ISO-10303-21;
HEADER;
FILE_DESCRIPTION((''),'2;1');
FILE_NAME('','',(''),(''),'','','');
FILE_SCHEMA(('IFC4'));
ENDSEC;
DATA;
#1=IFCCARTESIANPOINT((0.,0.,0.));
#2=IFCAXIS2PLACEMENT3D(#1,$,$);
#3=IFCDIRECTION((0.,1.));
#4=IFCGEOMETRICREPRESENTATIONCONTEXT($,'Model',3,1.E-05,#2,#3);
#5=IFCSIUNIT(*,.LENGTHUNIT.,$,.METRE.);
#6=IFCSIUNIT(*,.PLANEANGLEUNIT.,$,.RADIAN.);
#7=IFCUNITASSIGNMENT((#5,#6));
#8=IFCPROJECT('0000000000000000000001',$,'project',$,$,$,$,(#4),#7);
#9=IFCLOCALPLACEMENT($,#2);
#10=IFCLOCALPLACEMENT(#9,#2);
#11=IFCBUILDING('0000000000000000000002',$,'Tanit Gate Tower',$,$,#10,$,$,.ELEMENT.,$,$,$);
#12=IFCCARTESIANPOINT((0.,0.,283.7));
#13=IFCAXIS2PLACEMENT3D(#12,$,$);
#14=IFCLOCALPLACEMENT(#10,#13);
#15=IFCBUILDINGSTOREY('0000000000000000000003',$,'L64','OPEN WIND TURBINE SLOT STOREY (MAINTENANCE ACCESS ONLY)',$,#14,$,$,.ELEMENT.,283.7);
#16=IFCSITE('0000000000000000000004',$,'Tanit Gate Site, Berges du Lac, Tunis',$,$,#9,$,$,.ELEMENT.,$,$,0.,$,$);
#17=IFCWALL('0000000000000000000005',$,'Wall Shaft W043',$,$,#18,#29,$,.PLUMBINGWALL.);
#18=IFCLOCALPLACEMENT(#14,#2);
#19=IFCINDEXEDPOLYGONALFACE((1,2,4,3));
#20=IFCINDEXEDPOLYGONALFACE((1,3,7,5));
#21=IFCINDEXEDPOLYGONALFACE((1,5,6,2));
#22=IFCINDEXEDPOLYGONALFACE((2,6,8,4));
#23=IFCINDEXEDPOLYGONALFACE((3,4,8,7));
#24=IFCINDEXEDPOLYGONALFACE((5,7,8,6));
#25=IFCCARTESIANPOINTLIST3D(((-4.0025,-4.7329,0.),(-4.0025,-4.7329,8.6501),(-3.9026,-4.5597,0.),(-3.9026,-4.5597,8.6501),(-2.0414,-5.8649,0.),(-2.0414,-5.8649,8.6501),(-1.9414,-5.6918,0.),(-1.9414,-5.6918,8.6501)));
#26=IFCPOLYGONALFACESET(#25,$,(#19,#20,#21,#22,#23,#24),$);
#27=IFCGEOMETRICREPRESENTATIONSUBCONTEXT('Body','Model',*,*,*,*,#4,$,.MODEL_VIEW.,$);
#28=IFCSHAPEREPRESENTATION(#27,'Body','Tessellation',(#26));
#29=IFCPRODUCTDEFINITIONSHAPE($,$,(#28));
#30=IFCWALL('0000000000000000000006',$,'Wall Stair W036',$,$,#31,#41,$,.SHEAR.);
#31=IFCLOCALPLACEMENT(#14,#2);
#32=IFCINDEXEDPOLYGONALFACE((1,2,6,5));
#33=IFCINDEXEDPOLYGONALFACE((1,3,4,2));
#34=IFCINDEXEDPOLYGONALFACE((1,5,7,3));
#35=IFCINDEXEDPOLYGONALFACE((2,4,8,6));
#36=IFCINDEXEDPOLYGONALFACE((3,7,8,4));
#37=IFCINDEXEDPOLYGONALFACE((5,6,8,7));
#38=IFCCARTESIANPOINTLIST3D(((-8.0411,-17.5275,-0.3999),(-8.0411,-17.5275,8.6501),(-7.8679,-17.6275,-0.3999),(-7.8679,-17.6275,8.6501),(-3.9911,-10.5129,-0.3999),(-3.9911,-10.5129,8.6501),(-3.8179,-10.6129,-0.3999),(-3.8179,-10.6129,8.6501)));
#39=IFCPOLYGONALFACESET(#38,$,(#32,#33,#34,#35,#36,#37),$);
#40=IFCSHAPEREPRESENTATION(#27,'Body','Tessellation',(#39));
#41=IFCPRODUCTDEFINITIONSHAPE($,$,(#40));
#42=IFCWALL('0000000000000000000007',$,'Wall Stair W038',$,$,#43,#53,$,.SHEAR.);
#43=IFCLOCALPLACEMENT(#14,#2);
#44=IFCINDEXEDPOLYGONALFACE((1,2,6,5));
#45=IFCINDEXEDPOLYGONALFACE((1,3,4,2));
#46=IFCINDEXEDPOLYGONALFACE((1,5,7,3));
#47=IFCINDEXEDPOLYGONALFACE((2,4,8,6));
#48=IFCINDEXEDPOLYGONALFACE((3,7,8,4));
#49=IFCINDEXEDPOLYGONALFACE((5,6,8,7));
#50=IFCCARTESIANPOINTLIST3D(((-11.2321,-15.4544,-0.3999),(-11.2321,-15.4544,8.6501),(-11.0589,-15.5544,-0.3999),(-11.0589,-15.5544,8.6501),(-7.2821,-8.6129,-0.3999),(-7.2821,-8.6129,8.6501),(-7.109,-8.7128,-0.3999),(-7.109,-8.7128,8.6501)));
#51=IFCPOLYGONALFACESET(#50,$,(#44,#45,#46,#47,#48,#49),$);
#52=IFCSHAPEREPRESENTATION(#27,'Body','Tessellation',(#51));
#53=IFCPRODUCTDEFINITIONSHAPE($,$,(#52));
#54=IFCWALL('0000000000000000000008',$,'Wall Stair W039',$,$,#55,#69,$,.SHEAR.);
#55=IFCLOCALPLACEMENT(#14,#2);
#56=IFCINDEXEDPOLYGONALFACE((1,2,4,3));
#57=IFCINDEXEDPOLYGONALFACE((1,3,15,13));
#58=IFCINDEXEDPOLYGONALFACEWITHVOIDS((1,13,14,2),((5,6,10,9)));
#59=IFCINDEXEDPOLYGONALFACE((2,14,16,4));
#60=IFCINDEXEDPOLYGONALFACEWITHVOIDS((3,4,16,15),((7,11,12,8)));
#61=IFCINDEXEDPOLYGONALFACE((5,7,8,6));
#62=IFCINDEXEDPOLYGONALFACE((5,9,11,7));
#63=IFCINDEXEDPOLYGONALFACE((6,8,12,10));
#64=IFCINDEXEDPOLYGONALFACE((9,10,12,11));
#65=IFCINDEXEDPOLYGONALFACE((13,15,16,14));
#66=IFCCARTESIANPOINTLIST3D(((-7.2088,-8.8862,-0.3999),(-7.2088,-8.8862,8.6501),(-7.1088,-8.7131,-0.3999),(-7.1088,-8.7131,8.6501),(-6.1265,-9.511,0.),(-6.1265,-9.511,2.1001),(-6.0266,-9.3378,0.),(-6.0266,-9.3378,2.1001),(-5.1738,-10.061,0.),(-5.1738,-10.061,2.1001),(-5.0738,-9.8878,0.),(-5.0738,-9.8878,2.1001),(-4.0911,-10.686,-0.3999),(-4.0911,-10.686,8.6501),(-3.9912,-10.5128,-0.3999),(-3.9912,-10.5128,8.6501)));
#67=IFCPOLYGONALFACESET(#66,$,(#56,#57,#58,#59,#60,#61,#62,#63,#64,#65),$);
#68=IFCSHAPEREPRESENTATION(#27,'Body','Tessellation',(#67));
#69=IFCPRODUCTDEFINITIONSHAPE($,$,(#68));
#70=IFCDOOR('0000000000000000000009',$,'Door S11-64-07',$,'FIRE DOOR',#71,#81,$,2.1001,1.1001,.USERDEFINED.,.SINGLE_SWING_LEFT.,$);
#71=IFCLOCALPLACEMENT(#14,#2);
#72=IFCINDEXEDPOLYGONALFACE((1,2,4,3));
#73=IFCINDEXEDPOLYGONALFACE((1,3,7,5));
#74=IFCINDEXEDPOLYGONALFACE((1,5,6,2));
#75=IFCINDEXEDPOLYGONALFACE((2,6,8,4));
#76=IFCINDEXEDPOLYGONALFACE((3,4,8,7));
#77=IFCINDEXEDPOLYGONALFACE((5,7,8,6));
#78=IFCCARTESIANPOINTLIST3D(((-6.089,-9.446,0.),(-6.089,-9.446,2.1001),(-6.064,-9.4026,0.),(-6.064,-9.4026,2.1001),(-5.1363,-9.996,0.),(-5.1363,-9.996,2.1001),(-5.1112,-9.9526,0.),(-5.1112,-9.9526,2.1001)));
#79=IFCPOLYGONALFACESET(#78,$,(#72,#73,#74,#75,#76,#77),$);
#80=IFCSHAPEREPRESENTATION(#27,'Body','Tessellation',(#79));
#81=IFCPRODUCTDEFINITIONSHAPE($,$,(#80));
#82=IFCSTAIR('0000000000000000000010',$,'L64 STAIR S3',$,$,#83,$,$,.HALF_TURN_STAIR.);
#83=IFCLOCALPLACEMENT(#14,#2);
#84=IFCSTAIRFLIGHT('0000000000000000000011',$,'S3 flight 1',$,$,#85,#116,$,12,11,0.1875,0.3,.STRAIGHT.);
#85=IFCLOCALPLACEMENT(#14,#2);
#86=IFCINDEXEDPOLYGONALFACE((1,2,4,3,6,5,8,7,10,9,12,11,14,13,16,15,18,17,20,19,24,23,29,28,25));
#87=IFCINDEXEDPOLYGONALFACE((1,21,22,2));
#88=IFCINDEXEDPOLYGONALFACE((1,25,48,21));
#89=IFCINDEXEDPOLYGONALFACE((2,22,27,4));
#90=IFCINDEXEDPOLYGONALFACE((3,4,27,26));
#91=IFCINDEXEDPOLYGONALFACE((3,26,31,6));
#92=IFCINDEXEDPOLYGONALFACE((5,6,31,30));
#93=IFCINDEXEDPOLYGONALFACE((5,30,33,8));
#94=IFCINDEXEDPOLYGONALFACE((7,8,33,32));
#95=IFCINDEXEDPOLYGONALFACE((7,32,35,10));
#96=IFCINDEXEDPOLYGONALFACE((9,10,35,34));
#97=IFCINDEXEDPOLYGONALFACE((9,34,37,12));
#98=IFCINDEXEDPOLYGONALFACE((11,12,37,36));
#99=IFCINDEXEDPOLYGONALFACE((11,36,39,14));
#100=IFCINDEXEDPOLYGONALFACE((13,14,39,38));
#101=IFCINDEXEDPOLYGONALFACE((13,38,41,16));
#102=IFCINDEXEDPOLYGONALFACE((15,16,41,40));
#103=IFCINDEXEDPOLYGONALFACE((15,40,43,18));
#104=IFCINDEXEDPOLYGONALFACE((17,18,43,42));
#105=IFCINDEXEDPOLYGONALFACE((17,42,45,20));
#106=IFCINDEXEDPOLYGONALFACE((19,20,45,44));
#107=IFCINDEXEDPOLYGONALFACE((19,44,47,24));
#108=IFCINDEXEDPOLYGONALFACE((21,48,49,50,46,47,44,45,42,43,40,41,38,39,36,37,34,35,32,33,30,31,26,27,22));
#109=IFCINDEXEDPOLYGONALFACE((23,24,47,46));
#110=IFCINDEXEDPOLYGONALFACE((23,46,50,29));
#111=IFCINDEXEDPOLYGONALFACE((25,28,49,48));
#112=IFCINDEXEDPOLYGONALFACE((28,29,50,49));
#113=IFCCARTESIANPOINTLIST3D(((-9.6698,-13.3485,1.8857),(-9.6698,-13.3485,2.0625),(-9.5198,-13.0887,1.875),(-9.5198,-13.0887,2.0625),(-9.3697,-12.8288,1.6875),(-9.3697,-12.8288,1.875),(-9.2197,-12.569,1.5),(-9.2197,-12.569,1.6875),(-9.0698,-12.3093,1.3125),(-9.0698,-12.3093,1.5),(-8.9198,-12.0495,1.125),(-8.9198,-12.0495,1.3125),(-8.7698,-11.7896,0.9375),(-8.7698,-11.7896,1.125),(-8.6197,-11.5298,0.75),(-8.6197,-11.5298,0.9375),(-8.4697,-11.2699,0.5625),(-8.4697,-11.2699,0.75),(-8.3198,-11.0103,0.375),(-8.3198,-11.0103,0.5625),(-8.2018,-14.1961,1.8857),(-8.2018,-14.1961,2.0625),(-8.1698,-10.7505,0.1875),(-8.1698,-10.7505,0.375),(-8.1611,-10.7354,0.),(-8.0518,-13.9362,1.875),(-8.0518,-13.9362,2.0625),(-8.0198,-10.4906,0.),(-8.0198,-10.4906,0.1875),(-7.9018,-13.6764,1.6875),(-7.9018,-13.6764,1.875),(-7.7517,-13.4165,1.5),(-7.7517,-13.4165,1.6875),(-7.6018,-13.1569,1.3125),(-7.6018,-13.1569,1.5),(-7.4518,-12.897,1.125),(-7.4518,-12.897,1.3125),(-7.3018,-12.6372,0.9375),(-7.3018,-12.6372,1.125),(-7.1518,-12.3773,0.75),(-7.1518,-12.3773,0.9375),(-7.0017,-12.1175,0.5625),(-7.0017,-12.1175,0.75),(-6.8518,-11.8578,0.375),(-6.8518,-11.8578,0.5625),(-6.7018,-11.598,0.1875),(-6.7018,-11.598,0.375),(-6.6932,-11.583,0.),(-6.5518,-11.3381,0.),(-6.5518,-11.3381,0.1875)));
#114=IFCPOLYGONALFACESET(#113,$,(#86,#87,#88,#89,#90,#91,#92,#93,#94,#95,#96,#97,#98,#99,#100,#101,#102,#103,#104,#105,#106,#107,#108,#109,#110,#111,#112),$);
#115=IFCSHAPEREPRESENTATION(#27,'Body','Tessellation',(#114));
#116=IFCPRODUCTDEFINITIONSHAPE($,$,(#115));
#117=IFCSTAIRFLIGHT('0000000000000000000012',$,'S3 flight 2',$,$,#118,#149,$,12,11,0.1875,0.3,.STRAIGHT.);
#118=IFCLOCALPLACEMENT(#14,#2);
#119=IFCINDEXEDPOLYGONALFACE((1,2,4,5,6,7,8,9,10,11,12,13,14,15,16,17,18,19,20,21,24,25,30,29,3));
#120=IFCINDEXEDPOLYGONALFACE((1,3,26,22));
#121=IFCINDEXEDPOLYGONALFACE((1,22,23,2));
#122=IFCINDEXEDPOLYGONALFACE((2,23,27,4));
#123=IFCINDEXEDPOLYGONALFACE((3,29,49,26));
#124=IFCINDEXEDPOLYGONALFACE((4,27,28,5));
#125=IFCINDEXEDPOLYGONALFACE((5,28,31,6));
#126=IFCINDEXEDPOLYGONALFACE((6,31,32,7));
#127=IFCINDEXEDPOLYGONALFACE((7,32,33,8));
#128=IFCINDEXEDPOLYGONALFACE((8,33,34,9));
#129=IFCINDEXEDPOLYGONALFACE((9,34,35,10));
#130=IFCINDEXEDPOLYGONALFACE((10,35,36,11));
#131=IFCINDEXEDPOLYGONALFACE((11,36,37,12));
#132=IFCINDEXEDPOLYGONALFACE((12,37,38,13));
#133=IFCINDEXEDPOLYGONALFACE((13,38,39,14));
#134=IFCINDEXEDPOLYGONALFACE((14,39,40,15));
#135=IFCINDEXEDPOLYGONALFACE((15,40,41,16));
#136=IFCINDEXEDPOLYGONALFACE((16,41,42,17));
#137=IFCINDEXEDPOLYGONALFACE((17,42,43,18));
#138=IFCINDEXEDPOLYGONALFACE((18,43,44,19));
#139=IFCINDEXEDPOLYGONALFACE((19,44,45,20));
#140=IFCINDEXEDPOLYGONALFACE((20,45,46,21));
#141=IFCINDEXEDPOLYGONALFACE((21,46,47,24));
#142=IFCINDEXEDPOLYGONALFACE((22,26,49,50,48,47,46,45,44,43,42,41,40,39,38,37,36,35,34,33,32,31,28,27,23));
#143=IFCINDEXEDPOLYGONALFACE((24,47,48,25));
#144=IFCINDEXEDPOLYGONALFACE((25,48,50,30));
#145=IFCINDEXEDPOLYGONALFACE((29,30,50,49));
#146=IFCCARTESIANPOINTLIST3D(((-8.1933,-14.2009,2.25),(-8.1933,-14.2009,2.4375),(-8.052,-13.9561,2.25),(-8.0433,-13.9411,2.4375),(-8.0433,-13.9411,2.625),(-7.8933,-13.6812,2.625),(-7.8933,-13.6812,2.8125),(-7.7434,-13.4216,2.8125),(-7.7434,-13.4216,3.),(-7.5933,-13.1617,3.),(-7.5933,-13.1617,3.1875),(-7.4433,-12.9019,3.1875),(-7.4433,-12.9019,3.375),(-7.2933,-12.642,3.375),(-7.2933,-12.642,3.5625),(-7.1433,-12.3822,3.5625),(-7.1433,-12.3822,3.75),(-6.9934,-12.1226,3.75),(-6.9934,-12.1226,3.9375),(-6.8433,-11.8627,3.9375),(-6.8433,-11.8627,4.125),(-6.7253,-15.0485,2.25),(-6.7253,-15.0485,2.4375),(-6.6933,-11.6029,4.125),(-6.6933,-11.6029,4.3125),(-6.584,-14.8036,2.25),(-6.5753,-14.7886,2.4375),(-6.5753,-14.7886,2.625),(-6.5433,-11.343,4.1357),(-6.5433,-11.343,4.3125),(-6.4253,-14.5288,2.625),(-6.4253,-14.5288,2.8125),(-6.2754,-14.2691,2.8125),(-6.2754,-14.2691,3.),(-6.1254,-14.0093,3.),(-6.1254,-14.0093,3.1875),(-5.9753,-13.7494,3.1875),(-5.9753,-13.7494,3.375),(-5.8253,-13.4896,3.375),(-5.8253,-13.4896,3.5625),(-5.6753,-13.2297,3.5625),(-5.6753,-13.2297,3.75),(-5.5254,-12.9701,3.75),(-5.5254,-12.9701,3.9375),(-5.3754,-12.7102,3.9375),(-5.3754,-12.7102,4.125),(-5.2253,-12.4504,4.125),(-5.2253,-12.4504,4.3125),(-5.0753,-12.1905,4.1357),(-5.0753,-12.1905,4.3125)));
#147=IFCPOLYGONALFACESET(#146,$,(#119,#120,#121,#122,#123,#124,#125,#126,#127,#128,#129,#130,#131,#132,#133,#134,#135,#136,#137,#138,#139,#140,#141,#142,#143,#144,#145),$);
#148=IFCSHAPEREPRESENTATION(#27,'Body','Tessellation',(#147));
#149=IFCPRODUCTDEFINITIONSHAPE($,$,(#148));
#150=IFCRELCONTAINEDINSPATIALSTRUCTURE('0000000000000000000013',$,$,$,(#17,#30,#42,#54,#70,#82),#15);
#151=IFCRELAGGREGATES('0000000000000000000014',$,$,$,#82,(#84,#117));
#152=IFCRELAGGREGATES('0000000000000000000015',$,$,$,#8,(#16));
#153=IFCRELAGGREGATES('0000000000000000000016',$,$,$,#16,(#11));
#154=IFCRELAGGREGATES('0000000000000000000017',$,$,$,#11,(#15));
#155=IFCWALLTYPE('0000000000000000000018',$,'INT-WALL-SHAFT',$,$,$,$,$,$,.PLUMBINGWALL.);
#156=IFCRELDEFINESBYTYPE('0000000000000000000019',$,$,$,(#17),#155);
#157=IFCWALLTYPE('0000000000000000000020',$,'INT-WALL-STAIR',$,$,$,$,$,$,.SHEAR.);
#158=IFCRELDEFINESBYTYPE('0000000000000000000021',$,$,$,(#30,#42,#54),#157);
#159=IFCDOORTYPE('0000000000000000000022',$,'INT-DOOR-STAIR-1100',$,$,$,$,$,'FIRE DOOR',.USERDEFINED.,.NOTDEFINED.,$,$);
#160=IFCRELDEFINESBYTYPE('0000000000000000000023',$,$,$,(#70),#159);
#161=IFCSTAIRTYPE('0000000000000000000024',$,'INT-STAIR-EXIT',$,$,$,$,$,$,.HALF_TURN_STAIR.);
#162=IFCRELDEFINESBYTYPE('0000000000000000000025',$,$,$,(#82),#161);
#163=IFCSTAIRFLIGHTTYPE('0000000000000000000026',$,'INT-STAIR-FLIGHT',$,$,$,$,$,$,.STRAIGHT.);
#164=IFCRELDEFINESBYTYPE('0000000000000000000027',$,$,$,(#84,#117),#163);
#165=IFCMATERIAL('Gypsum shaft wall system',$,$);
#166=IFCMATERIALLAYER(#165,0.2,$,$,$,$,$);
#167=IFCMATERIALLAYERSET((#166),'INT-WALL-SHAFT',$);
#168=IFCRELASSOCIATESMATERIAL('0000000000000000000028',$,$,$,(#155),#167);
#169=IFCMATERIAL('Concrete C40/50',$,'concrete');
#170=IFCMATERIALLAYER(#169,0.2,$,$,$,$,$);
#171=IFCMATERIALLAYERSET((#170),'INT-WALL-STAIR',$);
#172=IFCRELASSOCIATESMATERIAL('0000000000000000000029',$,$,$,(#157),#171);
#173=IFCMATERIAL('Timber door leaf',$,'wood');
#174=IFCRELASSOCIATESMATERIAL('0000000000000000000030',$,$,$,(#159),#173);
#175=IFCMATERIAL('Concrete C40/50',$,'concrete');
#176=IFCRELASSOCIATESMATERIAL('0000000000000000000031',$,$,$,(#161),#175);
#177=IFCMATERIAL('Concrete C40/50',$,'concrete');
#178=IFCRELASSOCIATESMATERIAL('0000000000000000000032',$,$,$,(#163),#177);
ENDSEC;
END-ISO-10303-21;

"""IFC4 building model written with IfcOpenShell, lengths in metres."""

from ifc_helpers import new_model, si_unit, direction, frame, frame_2d, origin, place, context, subcontext, project, spatial, polyline, rectangle, outline, extrude, material, layer, layer_set, type_object, element, fill, aggregate, save


model = new_model("IFC4")

# Units and contexts
model_context = context("Model", 3, precision=1e-05, world=origin(), true_north=direction((0.0, 1.0)))
body_context = subcontext(model_context, "Body", "Model", "MODEL_VIEW")
ifc_project = project(units=[si_unit("LENGTHUNIT", "METRE"), si_unit("PLANEANGLEUNIT", "RADIAN")], contexts=[model_context])

# Site, building, storey
site_placement = place(None, origin())
site = spatial("IfcSite", under=ifc_project, at=site_placement, Name="Tanit Gate Site, Berges du Lac, Tunis", CompositionType="ELEMENT", RefElevation=0.0)
building_placement = place(site_placement, origin())
building = spatial("IfcBuilding", under=site, at=building_placement, Name="Tanit Gate Tower", CompositionType="ELEMENT")
storey_placement = place(building_placement, frame((0.0, 0.0, 283.7)))
storey = spatial("IfcBuildingStorey", under=building, at=storey_placement, Name="L64", Description="OPEN WIND TURBINE SLOT STOREY (MAINTENANCE ACCESS ONLY)", CompositionType="ELEMENT", Elevation=283.7)

# Shared definitions
ifc_material_1 = material(Name="Gypsum shaft wall system")
ifc_layer_1 = layer(ifc_material_1, 0.2)
ifc_layer_set_1 = layer_set([ifc_layer_1], Name="INT-WALL-SHAFT")
wall_type_1 = type_object("IfcWallType", Name="INT-WALL-SHAFT", PredefinedType="PLUMBINGWALL", material=ifc_layer_set_1)

# Walls
wall_1_placement = place(storey_placement, frame((-3.9526, -4.6462, 0.0), z_axis=(0.0, 0.0, 1.0), x_axis=(0.866065, -0.499931, 0.0)))
element("IfcWall", 1, at=wall_1_placement, inside=storey, type_object=wall_type_1, Name="Wall Shaft W043", PredefinedType="PLUMBINGWALL", context=body_context, shape_type="SweptSolid", body=[
    extrude(rectangle(XDim=2.2644, YDim=0.2, at=frame_2d((1.1323, 0.0))), origin(), (0.0, 0.0, 1.0), 8.6501),
])
ifc_material_2 = material(Name="Concrete C40/50", Category="concrete")
ifc_layer_2 = layer(ifc_material_2, 0.2)
ifc_layer_set_2 = layer_set([ifc_layer_2], Name="INT-WALL-STAIR")
wall_type_2 = type_object("IfcWallType", Name="INT-WALL-STAIR", PredefinedType="SHEAR", material=ifc_layer_set_2)
wall_2_placement = place(storey_placement, frame((-3.9045, -10.563, -0.3999), z_axis=(0.0, 0.0, 1.0), x_axis=(-0.500013, -0.866018, 0.0)))
element("IfcWall", 2, at=wall_2_placement, inside=storey, type_object=wall_type_2, Name="Wall Stair W036", PredefinedType="SHEAR", context=body_context, shape_type="SweptSolid", body=[
    extrude(rectangle(XDim=8.0999, YDim=0.2, at=frame_2d((4.0498, 0.0))), origin(), (0.0, 0.0, 1.0), 9.05),
])
wall_3_placement = place(storey_placement, frame((-7.1956, -8.6628, -0.3999), z_axis=(0.0, 0.0, 1.0), x_axis=(-0.499998, -0.866027, 0.0)))
element("IfcWall", 3, at=wall_3_placement, inside=storey, type_object=wall_type_2, Name="Wall Stair W038", PredefinedType="SHEAR", context=body_context, shape_type="SweptSolid", body=[
    extrude(rectangle(XDim=7.8999, YDim=0.2, at=frame_2d((3.95, 0.0))), origin(), (0.0, 0.0, 1.0), 9.05),
])

# Wall, opening, door
wall_4_placement = place(storey_placement, frame((-4.0413, -10.5994, -0.3999), z_axis=(0.0, 0.0, 1.0), x_axis=(-0.866048, 0.499961, 0.0)))
wall_4 = element("IfcWall", 4, at=wall_4_placement, inside=storey, type_object=wall_type_2, Name="Wall Stair W039", PredefinedType="SHEAR", context=body_context, shape_type="SweptSolid", body=[
    extrude(rectangle(XDim=3.5999, YDim=0.2, at=frame_2d((1.7998, 0.0))), origin(), (0.0, 0.0, 1.0), 9.05),
])
opening_1_placement = place(wall_4_placement, frame((1.25, 0.0, 0.3999)))
opening_1 = element("IfcOpeningElement", 5, at=opening_1_placement, cuts=wall_4, PredefinedType="OPENING", context=body_context, shape_type="SweptSolid", body=[
    extrude(rectangle(XDim=1.1001, YDim=2.1001, at=frame_2d((0.55, 1.05))), frame((0.0, 0.1099, 0.0), z_axis=(0.0, -1.0, 0.0), x_axis=(1.0, 0.0, 0.0)), (0.0, 0.0, 1.0), 0.22),
])
ifc_material_3 = material(Name="Timber door leaf", Category="wood")
door_type_1 = type_object("IfcDoorType", Name="INT-DOOR-STAIR-1100", ElementType="FIRE DOOR", OperationType="NOTDEFINED", PredefinedType="USERDEFINED", material=ifc_material_3)
door_1_placement = place(opening_1_placement, origin())
door_1 = element("IfcDoor", 6, at=door_1_placement, inside=storey, type_object=door_type_1, Name="Door S11-64-07", ObjectType="FIRE DOOR", OperationType="SINGLE_SWING_LEFT", OverallHeight=2.1001, OverallWidth=1.1001, PredefinedType="USERDEFINED", context=body_context, shape_type="SweptSolid", body=[
    extrude(rectangle(XDim=1.1001, YDim=2.1001, at=frame_2d((0.55, 1.05))), frame((0.0, 0.0249, 0.0), z_axis=(0.0, -1.0, 0.0), x_axis=(1.0, 0.0, 0.0)), (0.0, 0.0, 1.0), 0.05),
])
fill(opening_1, door_1)

# Stair, stair flights
ifc_material_4 = material(Name="Concrete C40/50", Category="concrete")
stair_type = type_object("IfcStairType", Name="INT-STAIR-EXIT", PredefinedType="HALF_TURN_STAIR", material=ifc_material_4)
stair_placement = place(storey_placement, origin())
stair = element("IfcStair", 7, at=stair_placement, inside=storey, type_object=stair_type, Name="L64 STAIR S3", PredefinedType="HALF_TURN_STAIR")
ifc_material_5 = material(Name="Concrete C40/50", Category="concrete")
stair_flight_type = type_object("IfcStairFlightType", Name="INT-STAIR-FLIGHT", PredefinedType="STRAIGHT", material=ifc_material_5)
stair_flight_1_placement = place(storey_placement, frame((-7.2859, -10.9143, 0.0), z_axis=(0.0, 0.0, 1.0), x_axis=(-0.5, -0.866025, 0.0)))
stair_flight_1 = element("IfcStairFlight", 8, at=stair_flight_1_placement, type_object=stair_flight_type, Name="S3 flight 1", NumberOfRisers=12, NumberOfTreads=11, PredefinedType="STRAIGHT", RiserHeight=0.1875, TreadLength=0.3, context=body_context, shape_type="SweptSolid", body=[
    extrude(outline(polyline([(0.0, 0.0), (0.0, 0.1875), (0.3, 0.1875), (0.3, 0.375), (0.6001, 0.375), (0.6001, 0.5625), (0.8999, 0.5625), (0.8999, 0.75), (1.2, 0.75), (1.2, 0.9375), (1.5, 0.9375), (1.5, 1.125), (1.8, 1.125), (1.8, 1.3125), (2.1001, 1.3125), (2.1001, 1.5), (2.3999, 1.5), (2.3999, 1.6875), (2.7, 1.6875), (2.7, 1.875), (3.0, 1.875), (3.0, 2.0625), (3.3, 2.0625), (3.3, 2.25), (3.3, 1.8857), (0.2827, 0.0), (0.0, 0.0)])), frame((0.0, 0.8477, 0.0), z_axis=(0.0, -1.0, 0.0), x_axis=(1.0, 0.0, 0.0)), (0.0, 0.0, 1.0), 1.6951),
])
stair_flight_2_placement = place(storey_placement, frame((-7.4592, -14.6248, 2.25), z_axis=(0.0, 0.0, 1.0), x_axis=(0.5, 0.866025, 0.0)))
stair_flight_2 = element("IfcStairFlight", 9, at=stair_flight_2_placement, type_object=stair_flight_type, Name="S3 flight 2", NumberOfRisers=12, NumberOfTreads=11, PredefinedType="STRAIGHT", RiserHeight=0.1875, TreadLength=0.3, context=body_context, shape_type="SweptSolid", body=[
    extrude(outline(polyline([(0.0, 0.0), (0.0, 0.1875), (0.3, 0.1875), (0.3, 0.375), (0.6001, 0.375), (0.6001, 0.5625), (0.8999, 0.5625), (0.8999, 0.75), (1.2, 0.75), (1.2, 0.9375), (1.5, 0.9375), (1.5, 1.125), (1.8, 1.125), (1.8, 1.3125), (2.1001, 1.3125), (2.1001, 1.5), (2.3999, 1.5), (2.3999, 1.6875), (2.7, 1.6875), (2.7, 1.875), (3.0, 1.875), (3.0, 2.0625), (3.3, 2.0625), (3.3, 2.25), (3.3, 1.8857), (0.2827, 0.0), (0.0, 0.0)])), frame((0.0, 0.8477, 0.0), z_axis=(0.0, -1.0, 0.0), x_axis=(1.0, 0.0, 0.0)), (0.0, 0.0, 1.0), 1.6951),
])
aggregate(stair, [stair_flight_1, stair_flight_2])

save(model, "model.ifc")
